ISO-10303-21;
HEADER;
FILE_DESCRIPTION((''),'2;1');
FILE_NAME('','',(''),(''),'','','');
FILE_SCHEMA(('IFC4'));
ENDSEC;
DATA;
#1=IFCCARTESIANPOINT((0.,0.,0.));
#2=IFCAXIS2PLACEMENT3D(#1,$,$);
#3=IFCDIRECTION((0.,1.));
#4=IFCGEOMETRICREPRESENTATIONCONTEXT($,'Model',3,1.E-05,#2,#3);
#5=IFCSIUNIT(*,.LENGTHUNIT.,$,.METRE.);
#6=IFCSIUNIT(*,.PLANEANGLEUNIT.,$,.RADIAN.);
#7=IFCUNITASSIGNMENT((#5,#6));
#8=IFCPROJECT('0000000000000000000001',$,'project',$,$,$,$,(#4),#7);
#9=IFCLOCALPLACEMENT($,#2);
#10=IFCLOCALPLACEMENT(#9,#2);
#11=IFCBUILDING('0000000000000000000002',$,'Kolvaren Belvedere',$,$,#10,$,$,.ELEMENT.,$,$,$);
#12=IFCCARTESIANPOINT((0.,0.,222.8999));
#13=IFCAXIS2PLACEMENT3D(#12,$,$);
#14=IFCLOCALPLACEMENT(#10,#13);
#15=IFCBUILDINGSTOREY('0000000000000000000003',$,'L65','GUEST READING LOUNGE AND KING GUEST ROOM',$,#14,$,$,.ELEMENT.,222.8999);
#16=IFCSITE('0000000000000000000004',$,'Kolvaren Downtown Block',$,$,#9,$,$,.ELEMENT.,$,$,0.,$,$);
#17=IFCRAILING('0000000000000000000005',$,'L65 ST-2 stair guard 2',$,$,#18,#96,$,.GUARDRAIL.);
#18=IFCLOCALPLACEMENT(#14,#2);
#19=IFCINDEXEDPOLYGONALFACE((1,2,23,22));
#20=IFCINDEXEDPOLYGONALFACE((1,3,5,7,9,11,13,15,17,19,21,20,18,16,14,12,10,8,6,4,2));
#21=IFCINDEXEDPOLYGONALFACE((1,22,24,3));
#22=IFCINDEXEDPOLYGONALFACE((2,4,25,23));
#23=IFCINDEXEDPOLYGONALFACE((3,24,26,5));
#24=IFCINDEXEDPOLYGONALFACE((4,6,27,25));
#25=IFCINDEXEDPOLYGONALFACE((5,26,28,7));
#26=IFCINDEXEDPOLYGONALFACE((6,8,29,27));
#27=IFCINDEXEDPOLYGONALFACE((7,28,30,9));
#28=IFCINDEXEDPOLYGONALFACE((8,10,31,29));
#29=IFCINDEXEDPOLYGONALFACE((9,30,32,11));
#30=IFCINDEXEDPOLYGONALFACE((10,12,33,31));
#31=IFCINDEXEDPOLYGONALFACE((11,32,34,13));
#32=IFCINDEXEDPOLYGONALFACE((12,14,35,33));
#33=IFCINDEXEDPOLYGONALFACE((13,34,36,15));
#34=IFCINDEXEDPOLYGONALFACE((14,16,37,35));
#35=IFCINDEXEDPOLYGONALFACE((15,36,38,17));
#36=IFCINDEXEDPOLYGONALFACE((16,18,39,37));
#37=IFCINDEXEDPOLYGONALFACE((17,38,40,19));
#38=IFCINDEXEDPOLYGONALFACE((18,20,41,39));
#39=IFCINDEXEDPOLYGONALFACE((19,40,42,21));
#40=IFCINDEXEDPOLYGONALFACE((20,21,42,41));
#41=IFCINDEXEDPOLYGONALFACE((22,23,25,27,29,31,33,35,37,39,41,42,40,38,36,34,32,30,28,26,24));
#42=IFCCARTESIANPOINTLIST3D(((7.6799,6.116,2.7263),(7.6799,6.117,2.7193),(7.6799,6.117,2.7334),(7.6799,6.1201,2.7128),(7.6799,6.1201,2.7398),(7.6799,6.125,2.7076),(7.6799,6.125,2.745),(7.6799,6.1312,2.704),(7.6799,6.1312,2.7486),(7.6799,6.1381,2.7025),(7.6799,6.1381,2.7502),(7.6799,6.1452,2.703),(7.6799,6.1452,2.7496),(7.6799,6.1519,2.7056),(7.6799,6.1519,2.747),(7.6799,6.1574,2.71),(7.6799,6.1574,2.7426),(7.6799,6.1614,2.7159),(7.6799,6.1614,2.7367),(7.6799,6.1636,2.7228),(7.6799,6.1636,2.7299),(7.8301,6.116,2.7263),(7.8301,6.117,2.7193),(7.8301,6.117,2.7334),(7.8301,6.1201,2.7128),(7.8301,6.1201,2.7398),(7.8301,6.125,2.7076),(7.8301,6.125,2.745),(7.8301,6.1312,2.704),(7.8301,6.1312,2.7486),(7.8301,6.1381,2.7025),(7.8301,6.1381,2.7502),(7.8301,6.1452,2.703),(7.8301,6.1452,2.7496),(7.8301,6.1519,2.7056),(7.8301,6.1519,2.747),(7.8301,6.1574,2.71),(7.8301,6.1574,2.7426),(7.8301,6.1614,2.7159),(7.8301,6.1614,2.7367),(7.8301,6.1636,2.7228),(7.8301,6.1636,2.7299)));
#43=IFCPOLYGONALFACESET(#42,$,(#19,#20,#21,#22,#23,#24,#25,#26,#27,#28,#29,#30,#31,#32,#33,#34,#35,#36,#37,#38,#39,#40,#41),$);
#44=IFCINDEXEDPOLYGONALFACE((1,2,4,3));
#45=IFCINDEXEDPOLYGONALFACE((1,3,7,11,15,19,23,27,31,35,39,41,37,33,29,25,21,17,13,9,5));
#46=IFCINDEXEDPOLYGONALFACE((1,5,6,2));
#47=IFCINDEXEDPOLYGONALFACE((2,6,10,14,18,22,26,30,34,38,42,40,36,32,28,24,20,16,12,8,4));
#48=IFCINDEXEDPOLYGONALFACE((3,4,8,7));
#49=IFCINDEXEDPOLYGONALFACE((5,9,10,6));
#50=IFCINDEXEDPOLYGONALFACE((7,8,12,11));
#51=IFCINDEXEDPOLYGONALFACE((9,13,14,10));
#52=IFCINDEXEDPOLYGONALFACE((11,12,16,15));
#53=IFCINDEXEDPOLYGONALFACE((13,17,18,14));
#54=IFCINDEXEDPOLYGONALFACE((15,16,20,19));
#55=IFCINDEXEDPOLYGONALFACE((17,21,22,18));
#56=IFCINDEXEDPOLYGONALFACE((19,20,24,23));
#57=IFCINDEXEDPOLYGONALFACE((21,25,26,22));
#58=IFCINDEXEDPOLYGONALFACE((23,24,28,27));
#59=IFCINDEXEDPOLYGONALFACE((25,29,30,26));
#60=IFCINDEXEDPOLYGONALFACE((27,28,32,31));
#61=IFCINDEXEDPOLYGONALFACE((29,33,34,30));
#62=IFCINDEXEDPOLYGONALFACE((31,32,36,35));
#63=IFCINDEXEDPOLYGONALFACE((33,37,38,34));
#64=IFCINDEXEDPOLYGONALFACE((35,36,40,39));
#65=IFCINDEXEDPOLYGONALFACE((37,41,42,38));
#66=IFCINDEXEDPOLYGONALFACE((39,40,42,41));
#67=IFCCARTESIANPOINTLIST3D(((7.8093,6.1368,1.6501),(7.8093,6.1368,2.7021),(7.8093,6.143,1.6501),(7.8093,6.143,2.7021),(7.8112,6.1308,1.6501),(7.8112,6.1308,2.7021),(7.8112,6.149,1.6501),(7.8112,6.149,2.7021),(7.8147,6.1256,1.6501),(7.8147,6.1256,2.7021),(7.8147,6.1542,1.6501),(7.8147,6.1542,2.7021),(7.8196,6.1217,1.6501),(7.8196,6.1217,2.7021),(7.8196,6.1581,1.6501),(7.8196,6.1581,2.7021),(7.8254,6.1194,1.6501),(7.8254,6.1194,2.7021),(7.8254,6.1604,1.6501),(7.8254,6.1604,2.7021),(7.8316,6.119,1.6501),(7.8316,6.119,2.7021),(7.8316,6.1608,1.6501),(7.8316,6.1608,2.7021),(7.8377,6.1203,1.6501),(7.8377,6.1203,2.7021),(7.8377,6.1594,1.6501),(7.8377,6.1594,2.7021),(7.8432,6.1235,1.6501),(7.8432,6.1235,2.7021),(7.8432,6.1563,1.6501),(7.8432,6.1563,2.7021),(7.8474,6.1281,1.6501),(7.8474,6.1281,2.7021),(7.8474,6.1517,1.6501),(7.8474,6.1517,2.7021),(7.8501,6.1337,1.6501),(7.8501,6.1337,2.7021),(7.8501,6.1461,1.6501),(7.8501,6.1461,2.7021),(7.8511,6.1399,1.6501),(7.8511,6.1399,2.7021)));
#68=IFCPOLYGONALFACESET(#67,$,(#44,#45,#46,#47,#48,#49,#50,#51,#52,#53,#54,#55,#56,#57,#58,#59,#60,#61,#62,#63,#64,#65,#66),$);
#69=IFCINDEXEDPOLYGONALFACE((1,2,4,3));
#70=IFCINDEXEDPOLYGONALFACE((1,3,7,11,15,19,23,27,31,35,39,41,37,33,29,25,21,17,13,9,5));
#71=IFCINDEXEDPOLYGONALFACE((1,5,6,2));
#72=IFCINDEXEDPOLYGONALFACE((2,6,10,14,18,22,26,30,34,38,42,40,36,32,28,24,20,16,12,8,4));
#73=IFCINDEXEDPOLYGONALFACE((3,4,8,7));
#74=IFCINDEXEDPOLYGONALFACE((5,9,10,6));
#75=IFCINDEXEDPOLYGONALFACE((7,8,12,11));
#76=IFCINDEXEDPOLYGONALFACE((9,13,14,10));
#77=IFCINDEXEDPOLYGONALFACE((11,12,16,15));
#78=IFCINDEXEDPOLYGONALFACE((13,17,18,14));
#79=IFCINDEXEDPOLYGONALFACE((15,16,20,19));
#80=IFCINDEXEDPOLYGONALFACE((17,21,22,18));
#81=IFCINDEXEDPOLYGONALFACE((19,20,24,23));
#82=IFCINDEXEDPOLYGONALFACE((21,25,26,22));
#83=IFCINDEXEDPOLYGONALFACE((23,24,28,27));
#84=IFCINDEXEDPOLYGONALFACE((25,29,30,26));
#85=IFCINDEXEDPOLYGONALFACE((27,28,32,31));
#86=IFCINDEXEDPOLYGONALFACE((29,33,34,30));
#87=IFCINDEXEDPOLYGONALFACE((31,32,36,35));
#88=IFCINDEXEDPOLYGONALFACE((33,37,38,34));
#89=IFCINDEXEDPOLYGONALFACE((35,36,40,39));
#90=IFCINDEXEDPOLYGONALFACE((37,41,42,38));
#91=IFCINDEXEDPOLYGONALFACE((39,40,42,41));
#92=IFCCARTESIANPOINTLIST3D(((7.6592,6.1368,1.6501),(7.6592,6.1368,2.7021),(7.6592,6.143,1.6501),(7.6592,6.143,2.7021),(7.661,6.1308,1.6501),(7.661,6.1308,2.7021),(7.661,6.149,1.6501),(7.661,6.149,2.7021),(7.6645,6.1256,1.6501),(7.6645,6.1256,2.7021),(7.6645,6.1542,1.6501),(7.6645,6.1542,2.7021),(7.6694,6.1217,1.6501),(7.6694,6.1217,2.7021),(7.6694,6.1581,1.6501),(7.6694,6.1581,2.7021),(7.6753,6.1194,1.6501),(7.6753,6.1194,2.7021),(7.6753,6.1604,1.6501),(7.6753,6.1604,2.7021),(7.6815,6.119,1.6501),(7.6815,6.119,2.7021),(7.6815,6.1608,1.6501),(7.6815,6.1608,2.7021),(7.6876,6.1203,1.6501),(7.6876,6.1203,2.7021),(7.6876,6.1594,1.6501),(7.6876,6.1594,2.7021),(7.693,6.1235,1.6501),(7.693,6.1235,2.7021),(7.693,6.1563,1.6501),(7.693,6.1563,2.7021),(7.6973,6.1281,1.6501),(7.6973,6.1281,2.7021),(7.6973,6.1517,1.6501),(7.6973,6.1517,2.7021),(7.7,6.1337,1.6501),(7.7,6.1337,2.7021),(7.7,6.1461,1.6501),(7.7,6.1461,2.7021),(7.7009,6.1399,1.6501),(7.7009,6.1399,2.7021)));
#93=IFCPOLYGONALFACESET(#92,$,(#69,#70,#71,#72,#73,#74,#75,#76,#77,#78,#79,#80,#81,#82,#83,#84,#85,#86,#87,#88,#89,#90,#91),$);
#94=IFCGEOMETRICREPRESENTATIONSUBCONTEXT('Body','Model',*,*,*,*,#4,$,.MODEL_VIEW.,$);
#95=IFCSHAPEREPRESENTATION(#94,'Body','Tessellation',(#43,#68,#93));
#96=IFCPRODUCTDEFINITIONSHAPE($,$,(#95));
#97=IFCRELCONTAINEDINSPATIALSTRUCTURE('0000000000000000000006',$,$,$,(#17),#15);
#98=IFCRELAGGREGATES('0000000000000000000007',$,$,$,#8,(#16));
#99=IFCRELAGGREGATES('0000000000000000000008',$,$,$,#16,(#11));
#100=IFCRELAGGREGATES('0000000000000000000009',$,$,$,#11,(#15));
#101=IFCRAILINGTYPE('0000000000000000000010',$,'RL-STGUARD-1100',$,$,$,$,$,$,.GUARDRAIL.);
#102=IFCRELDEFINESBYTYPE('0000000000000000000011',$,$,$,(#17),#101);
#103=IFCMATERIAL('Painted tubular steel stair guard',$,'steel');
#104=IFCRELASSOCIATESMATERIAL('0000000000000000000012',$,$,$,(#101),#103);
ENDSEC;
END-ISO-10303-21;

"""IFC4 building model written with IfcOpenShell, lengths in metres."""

from ifc_helpers import new_model, si_unit, direction, frame, origin, origin_2d, place, context, subcontext, project, spatial, circle, extrude, material, type_object, element, save


model = new_model("IFC4")

# Units and contexts
model_context = context("Model", 3, precision=1e-05, world=origin(), true_north=direction((0.0, 1.0)))
body_context = subcontext(model_context, "Body", "Model", "MODEL_VIEW")
ifc_project = project(units=[si_unit("LENGTHUNIT", "METRE"), si_unit("PLANEANGLEUNIT", "RADIAN")], contexts=[model_context])

# Site, building, storey
site_placement = place(None, origin())
site = spatial("IfcSite", under=ifc_project, at=site_placement, Name="Kolvaren Downtown Block", CompositionType="ELEMENT", RefElevation=0.0)
building_placement = place(site_placement, origin())
building = spatial("IfcBuilding", under=site, at=building_placement, Name="Kolvaren Belvedere", CompositionType="ELEMENT")
storey_placement = place(building_placement, frame((0.0, 0.0, 222.8999)))
storey = spatial("IfcBuildingStorey", under=building, at=storey_placement, Name="L65", Description="GUEST READING LOUNGE AND KING GUEST ROOM", CompositionType="ELEMENT", Elevation=222.8999)

# Railing
ifc_material_1 = material(Name="Painted tubular steel stair guard", Category="steel")
railing_type_1 = type_object("IfcRailingType", Name="RL-STGUARD-1100", PredefinedType="GUARDRAIL", material=ifc_material_1)
railing_1_placement = place(storey_placement, frame((7.8301, 6.1399, 1.6501)))
element("IfcRailing", 1, at=railing_1_placement, inside=storey, type_object=railing_type_1, Name="L65 ST-2 stair guard 2", PredefinedType="GUARDRAIL", context=body_context, shape_type="SweptSolid", body=[
    extrude(circle(Radius=0.0239, at=origin_2d()), frame((0.0, 0.0, 1.0762), z_axis=(-1.0, 0.0, 0.0), x_axis=(0.0, -1.0, 0.0)), (0.0, 0.0, 1.0), 0.1501),
    extrude(circle(Radius=0.021, at=origin_2d()), origin(), (0.0, 0.0, 1.0), 1.052),
    extrude(circle(Radius=0.021, at=origin_2d()), frame((-0.1501, 0.0, 0.0)), (0.0, 0.0, 1.0), 1.052),
])

save(model, "model.ifc")
